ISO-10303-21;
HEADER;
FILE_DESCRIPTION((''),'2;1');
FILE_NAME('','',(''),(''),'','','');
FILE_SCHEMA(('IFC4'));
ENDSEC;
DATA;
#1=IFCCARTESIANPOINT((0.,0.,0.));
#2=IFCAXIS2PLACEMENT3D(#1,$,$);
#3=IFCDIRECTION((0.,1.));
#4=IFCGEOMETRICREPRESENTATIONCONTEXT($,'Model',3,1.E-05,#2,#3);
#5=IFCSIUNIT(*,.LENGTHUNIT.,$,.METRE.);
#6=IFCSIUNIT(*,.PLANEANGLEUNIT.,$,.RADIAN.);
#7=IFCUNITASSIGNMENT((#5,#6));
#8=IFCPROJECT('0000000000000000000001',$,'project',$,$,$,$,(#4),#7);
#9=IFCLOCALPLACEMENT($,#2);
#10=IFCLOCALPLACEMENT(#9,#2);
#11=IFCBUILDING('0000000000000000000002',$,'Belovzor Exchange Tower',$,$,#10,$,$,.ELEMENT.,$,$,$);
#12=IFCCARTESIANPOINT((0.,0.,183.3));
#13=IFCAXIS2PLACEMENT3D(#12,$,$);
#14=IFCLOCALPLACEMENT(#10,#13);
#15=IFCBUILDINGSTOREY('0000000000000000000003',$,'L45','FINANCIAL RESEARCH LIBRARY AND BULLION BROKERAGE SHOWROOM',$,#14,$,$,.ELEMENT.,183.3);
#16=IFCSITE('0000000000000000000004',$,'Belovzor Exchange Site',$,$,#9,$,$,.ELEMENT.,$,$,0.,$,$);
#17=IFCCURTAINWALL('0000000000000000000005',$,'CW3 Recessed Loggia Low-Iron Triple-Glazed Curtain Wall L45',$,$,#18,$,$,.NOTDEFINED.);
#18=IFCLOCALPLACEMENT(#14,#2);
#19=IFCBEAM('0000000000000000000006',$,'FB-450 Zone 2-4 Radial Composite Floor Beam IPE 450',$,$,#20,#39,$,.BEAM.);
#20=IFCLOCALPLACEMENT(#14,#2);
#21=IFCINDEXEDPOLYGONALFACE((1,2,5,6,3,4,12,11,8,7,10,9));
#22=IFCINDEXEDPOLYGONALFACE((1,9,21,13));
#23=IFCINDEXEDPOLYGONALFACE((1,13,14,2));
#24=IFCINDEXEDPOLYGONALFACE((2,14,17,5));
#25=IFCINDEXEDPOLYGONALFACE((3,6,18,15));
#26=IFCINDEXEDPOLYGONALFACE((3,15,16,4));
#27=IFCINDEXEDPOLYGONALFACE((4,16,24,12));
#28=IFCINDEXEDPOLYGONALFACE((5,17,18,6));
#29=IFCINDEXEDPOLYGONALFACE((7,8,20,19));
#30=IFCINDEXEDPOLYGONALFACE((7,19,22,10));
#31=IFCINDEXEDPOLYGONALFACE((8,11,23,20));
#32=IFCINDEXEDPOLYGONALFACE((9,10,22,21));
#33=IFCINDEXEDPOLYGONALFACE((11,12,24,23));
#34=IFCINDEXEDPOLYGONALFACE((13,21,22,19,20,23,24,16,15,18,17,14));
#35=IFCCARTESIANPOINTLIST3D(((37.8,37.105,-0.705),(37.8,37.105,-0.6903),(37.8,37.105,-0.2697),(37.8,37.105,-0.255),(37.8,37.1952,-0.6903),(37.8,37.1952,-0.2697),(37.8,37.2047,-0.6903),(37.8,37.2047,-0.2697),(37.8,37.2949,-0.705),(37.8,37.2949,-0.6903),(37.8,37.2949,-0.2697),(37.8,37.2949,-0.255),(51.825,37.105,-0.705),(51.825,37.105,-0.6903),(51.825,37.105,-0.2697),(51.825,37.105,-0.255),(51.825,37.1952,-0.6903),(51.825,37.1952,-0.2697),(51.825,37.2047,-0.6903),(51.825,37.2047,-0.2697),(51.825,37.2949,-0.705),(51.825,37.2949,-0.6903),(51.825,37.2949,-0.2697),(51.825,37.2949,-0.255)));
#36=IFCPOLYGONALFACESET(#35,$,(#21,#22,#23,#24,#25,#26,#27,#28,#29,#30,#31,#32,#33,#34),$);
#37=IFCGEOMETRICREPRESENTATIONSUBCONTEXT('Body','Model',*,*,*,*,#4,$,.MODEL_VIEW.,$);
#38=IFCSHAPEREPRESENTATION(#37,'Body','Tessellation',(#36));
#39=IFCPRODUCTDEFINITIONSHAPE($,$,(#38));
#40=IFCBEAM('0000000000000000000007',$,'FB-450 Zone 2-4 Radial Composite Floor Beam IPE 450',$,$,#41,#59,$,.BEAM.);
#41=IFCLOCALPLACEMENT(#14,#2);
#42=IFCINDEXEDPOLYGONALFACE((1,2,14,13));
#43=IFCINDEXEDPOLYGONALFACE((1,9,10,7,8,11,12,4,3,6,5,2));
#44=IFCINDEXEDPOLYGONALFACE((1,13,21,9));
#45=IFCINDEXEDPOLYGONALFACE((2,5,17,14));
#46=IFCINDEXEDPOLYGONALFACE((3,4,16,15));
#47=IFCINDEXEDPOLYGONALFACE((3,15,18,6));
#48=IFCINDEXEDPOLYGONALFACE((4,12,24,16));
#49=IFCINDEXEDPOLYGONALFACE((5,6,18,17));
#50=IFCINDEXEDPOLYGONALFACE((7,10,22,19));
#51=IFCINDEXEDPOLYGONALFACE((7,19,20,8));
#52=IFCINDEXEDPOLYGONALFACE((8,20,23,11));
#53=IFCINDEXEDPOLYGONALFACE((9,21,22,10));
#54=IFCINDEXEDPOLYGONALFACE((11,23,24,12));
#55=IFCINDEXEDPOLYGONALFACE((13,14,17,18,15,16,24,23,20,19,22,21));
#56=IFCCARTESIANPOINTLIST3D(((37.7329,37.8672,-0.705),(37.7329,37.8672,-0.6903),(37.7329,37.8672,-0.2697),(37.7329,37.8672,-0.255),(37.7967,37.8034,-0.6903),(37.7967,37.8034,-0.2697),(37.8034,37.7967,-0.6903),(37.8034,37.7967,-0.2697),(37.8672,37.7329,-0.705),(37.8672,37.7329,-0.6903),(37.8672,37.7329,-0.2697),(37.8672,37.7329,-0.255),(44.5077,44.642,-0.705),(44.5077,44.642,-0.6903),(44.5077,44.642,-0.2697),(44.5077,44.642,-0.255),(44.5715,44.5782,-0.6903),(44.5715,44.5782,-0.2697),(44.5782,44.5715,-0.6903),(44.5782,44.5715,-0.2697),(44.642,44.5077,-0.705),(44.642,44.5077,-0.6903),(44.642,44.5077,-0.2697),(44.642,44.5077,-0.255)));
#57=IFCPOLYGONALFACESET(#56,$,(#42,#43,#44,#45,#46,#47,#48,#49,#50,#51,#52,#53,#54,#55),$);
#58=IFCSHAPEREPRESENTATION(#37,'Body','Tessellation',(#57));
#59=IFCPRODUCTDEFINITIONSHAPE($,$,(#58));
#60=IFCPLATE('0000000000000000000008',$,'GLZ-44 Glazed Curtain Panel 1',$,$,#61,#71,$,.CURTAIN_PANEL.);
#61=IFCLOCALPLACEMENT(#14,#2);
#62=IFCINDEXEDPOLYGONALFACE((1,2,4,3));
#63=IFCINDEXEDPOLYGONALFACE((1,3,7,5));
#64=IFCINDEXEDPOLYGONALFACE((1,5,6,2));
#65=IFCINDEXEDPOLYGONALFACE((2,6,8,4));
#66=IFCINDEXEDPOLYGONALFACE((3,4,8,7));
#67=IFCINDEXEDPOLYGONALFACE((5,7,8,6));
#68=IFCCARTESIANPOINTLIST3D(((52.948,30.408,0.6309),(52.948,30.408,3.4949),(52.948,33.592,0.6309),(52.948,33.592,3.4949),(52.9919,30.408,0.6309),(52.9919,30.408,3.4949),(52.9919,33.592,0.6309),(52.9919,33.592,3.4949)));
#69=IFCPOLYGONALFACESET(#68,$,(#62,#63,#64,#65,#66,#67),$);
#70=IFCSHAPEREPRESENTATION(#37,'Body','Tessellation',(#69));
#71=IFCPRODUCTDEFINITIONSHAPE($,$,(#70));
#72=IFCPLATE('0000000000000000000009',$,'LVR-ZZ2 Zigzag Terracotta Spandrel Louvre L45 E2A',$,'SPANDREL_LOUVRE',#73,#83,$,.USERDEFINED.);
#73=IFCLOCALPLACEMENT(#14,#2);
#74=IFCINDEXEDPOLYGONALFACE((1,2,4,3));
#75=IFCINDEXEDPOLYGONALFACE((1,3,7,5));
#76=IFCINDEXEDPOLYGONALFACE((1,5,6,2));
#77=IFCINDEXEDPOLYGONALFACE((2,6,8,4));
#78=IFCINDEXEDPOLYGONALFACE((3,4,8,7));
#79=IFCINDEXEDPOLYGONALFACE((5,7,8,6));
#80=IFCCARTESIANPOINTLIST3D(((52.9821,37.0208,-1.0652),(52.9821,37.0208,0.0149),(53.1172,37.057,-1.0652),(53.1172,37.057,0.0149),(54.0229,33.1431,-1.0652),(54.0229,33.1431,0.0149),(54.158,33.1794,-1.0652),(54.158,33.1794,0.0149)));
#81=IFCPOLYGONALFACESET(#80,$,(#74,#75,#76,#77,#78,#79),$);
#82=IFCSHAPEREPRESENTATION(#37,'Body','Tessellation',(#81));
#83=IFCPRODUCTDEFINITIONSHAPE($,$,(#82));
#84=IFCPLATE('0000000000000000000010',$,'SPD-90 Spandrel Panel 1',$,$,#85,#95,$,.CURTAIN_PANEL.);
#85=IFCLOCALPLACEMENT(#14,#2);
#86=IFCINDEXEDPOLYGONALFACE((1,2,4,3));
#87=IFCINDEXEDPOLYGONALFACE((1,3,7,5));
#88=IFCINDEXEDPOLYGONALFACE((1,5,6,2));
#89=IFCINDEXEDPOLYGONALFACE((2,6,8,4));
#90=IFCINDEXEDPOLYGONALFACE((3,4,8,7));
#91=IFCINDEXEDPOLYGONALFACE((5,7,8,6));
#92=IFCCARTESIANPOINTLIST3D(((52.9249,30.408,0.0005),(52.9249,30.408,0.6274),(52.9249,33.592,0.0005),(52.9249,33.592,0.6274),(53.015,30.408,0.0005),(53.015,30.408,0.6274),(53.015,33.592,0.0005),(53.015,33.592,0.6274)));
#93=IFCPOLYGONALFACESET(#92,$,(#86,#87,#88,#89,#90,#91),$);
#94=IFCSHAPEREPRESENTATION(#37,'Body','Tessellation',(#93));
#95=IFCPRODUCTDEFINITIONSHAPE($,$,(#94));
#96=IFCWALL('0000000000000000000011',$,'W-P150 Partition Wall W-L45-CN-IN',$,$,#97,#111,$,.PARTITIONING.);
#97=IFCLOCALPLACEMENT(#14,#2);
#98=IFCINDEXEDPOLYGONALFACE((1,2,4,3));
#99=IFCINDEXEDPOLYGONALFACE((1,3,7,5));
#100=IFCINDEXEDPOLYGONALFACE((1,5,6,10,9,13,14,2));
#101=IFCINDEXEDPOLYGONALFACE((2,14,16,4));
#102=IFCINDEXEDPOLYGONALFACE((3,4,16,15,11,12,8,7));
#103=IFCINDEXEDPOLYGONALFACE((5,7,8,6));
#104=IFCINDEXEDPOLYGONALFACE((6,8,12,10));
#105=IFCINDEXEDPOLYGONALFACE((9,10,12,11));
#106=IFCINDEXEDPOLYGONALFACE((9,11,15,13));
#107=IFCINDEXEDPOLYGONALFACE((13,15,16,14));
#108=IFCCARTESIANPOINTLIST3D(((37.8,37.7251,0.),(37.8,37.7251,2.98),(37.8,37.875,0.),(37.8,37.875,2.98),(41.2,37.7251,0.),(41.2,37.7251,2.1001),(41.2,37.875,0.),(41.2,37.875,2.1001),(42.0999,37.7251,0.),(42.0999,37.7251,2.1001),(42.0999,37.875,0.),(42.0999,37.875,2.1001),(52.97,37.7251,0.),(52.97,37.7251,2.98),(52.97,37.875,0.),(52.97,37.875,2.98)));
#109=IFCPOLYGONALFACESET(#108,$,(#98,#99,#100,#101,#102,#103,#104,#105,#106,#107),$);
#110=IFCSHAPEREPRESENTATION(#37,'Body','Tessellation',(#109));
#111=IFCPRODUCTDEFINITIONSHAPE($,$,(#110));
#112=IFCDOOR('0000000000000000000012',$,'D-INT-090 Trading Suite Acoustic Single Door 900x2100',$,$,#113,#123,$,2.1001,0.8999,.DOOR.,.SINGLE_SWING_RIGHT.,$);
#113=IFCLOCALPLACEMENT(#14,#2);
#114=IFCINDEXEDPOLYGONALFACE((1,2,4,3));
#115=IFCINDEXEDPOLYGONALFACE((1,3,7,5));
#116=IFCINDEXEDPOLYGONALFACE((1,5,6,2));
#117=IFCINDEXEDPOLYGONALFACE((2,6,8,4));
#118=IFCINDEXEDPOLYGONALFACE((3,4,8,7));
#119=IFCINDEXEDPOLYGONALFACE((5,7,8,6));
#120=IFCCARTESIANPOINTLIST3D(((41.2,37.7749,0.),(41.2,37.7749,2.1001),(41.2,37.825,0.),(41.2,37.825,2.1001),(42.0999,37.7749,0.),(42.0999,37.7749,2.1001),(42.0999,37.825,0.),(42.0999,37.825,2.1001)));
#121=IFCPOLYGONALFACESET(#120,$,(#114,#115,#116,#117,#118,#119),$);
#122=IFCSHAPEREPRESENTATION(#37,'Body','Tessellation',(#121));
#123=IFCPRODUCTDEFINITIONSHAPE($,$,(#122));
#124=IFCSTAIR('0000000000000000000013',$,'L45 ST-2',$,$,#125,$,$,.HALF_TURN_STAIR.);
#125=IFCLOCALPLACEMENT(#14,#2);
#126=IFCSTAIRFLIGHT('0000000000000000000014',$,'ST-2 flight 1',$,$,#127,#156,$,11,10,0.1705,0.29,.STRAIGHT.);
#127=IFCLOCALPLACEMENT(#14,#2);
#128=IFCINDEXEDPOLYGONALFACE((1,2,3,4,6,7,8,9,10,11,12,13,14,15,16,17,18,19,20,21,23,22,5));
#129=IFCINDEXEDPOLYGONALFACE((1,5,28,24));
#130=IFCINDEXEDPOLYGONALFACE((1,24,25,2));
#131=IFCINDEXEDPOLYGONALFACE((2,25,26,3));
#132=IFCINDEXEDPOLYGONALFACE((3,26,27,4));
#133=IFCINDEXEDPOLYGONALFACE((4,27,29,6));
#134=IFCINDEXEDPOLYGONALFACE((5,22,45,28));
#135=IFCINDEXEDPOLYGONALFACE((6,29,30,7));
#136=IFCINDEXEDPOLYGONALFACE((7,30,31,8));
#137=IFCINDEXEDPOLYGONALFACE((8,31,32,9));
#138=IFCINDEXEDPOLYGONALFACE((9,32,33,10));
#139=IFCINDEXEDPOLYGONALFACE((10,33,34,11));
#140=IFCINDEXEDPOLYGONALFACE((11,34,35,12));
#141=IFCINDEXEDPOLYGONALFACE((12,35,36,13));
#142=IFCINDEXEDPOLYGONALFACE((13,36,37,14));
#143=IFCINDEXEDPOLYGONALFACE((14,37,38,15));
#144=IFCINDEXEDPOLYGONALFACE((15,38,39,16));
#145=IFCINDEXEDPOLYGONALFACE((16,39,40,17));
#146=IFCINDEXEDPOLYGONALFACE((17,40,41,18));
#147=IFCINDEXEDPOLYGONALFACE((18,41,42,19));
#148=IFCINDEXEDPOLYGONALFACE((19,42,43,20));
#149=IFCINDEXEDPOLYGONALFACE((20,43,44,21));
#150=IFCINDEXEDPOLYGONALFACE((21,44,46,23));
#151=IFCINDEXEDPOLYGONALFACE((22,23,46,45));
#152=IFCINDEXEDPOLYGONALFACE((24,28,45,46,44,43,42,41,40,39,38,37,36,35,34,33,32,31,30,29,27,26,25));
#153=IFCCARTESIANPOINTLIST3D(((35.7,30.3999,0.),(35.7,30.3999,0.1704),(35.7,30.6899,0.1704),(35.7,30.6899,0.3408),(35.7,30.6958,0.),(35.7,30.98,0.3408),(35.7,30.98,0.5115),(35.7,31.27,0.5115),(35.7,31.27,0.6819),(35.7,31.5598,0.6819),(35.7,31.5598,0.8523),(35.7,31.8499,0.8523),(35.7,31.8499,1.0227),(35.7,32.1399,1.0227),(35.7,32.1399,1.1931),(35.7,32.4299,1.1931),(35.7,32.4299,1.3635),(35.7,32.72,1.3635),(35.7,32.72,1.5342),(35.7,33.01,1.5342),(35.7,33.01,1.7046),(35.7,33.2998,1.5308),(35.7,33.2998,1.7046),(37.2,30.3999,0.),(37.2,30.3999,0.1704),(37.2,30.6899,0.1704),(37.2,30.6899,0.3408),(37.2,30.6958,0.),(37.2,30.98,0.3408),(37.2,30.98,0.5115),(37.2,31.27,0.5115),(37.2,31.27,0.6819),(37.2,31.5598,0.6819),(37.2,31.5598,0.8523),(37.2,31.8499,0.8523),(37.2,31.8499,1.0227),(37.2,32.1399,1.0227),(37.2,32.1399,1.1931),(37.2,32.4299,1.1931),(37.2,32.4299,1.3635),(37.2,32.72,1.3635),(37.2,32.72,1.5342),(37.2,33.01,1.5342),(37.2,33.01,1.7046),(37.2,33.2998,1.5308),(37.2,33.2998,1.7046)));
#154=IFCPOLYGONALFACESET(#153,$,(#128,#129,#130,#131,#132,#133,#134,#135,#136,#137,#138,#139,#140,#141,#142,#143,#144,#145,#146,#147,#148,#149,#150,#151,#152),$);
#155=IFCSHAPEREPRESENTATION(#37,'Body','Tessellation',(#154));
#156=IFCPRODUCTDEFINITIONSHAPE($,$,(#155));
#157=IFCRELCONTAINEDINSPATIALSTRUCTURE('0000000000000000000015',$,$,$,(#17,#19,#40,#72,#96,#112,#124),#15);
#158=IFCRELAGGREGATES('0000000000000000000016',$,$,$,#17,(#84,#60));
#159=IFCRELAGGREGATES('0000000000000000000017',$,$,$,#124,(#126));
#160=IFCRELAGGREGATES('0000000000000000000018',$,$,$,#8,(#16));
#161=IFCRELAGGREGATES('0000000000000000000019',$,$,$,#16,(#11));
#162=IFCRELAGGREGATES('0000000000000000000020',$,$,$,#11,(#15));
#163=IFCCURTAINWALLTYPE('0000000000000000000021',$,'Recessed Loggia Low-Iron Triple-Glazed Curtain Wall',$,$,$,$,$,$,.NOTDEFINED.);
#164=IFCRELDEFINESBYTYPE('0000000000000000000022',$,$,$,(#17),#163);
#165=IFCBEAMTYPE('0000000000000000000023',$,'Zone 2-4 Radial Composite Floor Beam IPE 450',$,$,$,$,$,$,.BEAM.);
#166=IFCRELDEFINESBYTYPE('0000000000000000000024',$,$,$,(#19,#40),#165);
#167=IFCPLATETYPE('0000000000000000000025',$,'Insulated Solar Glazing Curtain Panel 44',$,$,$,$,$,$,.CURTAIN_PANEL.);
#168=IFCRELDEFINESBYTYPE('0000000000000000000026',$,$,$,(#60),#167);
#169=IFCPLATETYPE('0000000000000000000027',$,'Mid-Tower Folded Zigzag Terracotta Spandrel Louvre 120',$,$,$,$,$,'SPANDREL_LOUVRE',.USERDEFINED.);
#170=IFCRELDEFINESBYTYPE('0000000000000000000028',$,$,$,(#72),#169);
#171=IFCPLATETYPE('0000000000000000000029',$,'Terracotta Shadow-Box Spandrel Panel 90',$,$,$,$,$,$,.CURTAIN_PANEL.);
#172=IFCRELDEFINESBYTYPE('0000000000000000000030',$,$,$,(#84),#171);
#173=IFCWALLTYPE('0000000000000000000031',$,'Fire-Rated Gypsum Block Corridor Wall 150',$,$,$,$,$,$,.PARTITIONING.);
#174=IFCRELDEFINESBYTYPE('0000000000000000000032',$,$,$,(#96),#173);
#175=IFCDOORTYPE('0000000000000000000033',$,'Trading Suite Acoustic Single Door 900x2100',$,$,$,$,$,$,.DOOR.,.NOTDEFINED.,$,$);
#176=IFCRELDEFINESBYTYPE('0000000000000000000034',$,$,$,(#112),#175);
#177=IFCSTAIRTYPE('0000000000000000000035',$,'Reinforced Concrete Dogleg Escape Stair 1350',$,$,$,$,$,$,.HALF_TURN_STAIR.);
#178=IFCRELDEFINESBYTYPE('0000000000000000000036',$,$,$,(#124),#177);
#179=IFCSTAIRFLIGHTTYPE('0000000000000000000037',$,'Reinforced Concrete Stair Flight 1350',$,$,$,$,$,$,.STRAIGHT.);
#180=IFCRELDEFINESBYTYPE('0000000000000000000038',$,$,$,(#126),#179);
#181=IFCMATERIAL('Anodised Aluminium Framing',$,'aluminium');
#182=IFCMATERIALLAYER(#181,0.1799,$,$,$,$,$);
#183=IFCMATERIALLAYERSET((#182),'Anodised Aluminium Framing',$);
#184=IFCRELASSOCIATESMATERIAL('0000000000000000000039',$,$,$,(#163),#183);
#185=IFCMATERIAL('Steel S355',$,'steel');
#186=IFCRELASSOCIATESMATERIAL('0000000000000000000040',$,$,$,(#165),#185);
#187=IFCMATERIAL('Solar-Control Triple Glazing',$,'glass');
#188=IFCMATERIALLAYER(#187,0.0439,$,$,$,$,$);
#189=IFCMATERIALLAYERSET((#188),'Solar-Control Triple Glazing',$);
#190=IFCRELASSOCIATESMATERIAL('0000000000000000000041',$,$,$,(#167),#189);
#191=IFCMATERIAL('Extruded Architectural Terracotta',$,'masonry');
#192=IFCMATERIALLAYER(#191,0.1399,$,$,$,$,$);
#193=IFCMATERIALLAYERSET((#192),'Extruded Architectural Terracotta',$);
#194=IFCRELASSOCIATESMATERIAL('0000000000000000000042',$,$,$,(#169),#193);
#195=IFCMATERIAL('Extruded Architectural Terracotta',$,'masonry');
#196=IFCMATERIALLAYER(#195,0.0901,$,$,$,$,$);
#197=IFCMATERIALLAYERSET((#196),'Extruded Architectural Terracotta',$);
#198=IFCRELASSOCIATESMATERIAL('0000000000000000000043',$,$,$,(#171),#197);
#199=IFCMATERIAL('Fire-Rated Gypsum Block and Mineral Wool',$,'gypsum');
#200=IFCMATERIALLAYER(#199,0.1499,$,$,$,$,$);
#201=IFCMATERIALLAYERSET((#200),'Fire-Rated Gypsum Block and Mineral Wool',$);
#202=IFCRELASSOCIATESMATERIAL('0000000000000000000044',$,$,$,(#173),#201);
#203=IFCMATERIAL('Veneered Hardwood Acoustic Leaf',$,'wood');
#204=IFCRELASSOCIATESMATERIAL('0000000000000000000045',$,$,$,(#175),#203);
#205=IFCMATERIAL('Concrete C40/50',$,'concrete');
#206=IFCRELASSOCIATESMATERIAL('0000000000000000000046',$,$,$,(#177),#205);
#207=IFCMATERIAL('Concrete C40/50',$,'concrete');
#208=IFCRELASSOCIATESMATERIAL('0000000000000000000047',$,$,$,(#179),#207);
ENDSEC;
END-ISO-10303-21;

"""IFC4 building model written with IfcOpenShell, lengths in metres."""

from ifc_helpers import new_model, si_unit, direction, frame, frame_2d, origin, origin_2d, place, context, subcontext, project, spatial, polyline, rectangle, i_section, outline, extrude, material, layer, layer_set, material_profile, profile_set, type_object, element, fill, aggregate, save


model = new_model("IFC4")

# Units and contexts
model_context = context("Model", 3, precision=1e-05, world=origin(), true_north=direction((0.0, 1.0)))
body_context = subcontext(model_context, "Body", "Model", "MODEL_VIEW")
ifc_project = project(units=[si_unit("LENGTHUNIT", "METRE"), si_unit("PLANEANGLEUNIT", "RADIAN")], contexts=[model_context])

# Site, building, storey
site_placement = place(None, origin())
site = spatial("IfcSite", under=ifc_project, at=site_placement, Name="Belovzor Exchange Site", CompositionType="ELEMENT", RefElevation=0.0)
building_placement = place(site_placement, origin())
building = spatial("IfcBuilding", under=site, at=building_placement, Name="Belovzor Exchange Tower", CompositionType="ELEMENT")
storey_placement = place(building_placement, frame((0.0, 0.0, 183.3)))
storey = spatial("IfcBuildingStorey", under=building, at=storey_placement, Name="L45", Description="FINANCIAL RESEARCH LIBRARY AND BULLION BROKERAGE SHOWROOM", CompositionType="ELEMENT", Elevation=183.3)

# Curtain wall
ifc_material_1 = material(Name="Anodised Aluminium Framing", Category="aluminium")
ifc_layer_1 = layer(ifc_material_1, 0.1799)
ifc_layer_set_1 = layer_set([ifc_layer_1], Name="Anodised Aluminium Framing")
curtain_wall_type = type_object("IfcCurtainWallType", Name="Recessed Loggia Low-Iron Triple-Glazed Curtain Wall", PredefinedType="NOTDEFINED", material=ifc_layer_set_1)
curtain_wall_placement = place(storey_placement, origin())
curtain_wall = element("IfcCurtainWall", 1, at=curtain_wall_placement, inside=storey, type_object=curtain_wall_type, Name="CW3 Recessed Loggia Low-Iron Triple-Glazed Curtain Wall L45", PredefinedType="NOTDEFINED")

# Beams
ifc_material_2 = material(Name="Steel S355", Category="steel")
ifc_material_profile_1 = material_profile(ifc_material_2, i_section(OverallWidth=0.1899, OverallDepth=0.45, WebThickness=0.0095, FlangeThickness=0.0146, at=origin_2d()))
ifc_profile_set_1 = profile_set([ifc_material_profile_1], Name="Steel S355")
beam_type_1 = type_object("IfcBeamType", Name="Zone 2-4 Radial Composite Floor Beam IPE 450", PredefinedType="BEAM", material=ifc_profile_set_1)
for number, where, z_axis, x_axis, name in (
    (2, (37.8, 37.2, -0.48), (1.0, 0.0, 0.0), (0.0, 1.0, 0.0), "FB-450 Zone 2-4 Radial Composite Floor Beam IPE 450"),
):
    element("IfcBeam", number, at=place(storey_placement, frame(where, z_axis=z_axis, x_axis=x_axis)), inside=storey, type_object=beam_type_1, Name=name, PredefinedType="BEAM", context=body_context, shape_type="SweptSolid", body=[
        extrude(i_section(OverallWidth=0.1899, OverallDepth=0.45, WebThickness=0.0095, FlangeThickness=0.0146, at=origin_2d()), origin(), (0.0, 0.0, 1.0), 14.0249),
    ])
beam_1_placement = place(storey_placement, frame((37.8, 37.8, -0.48), z_axis=(0.707107, 0.707107, 0.0), x_axis=(-0.707107, 0.707107, 0.0)))
element("IfcBeam", 3, at=beam_1_placement, inside=storey, type_object=beam_type_1, Name="FB-450 Zone 2-4 Radial Composite Floor Beam IPE 450", PredefinedType="BEAM", context=body_context, shape_type="SweptSolid", body=[
    extrude(i_section(OverallWidth=0.1899, OverallDepth=0.45, WebThickness=0.0095, FlangeThickness=0.0146, at=origin_2d()), origin(), (0.0, 0.0, 1.0), 9.5811),
])

# Plates
ifc_material_3 = material(Name="Solar-Control Triple Glazing", Category="glass")
ifc_layer_2 = layer(ifc_material_3, 0.0439)
ifc_layer_set_2 = layer_set([ifc_layer_2], Name="Solar-Control Triple Glazing")
plate_type_1 = type_object("IfcPlateType", Name="Insulated Solar Glazing Curtain Panel 44", PredefinedType="CURTAIN_PANEL", material=ifc_layer_set_2)
plate_1_placement = place(storey_placement, frame((52.97, 32.0, 0.6309), z_axis=(0.0, 0.0, 1.0), x_axis=(0.0, -1.0, 0.0)))
plate_1 = element("IfcPlate", 4, at=plate_1_placement, type_object=plate_type_1, Name="GLZ-44 Glazed Curtain Panel 1", PredefinedType="CURTAIN_PANEL", context=body_context, shape_type="SweptSolid", body=[
    extrude(rectangle(XDim=3.1841, YDim=0.0439, at=origin_2d()), origin(), (0.0, 0.0, 1.0), 2.864),
])
ifc_material_4 = material(Name="Extruded Architectural Terracotta", Category="masonry")
ifc_layer_3 = layer(ifc_material_4, 0.1399)
ifc_layer_set_3 = layer_set([ifc_layer_3], Name="Extruded Architectural Terracotta")
plate_type_2 = type_object("IfcPlateType", Name="Mid-Tower Folded Zigzag Terracotta Spandrel Louvre 120", ElementType="SPANDREL_LOUVRE", PredefinedType="USERDEFINED", material=ifc_layer_set_3)
plate_2_placement = place(storey_placement, frame((53.5701, 35.1001, -1.0652), z_axis=(0.0, 0.0, 1.0), x_axis=(-0.25924, 0.965813, 0.0)))
element("IfcPlate", 5, at=plate_2_placement, inside=storey, type_object=plate_type_2, Name="LVR-ZZ2 Zigzag Terracotta Spandrel Louvre L45 E2A", ObjectType="SPANDREL_LOUVRE", PredefinedType="USERDEFINED", context=body_context, shape_type="SweptSolid", body=[
    extrude(rectangle(XDim=4.0149, YDim=0.1399, at=origin_2d()), origin(), (0.0, 0.0, 1.0), 1.0801),
])
ifc_material_5 = material(Name="Extruded Architectural Terracotta", Category="masonry")
ifc_layer_4 = layer(ifc_material_5, 0.0901)
ifc_layer_set_4 = layer_set([ifc_layer_4], Name="Extruded Architectural Terracotta")
plate_type_3 = type_object("IfcPlateType", Name="Terracotta Shadow-Box Spandrel Panel 90", PredefinedType="CURTAIN_PANEL", material=ifc_layer_set_4)
plate_3_placement = place(storey_placement, frame((52.97, 32.0, 0.0005), z_axis=(0.0, 0.0, 1.0), x_axis=(0.0, -1.0, 0.0)))
plate_3 = element("IfcPlate", 6, at=plate_3_placement, type_object=plate_type_3, Name="SPD-90 Spandrel Panel 1", PredefinedType="CURTAIN_PANEL", context=body_context, shape_type="SweptSolid", body=[
    extrude(rectangle(XDim=3.1841, YDim=0.0901, at=origin_2d()), origin(), (0.0, 0.0, 1.0), 0.627),
])
aggregate(curtain_wall, [plate_3, plate_1])

# Wall, opening, door
ifc_material_6 = material(Name="Fire-Rated Gypsum Block and Mineral Wool", Category="gypsum")
ifc_layer_5 = layer(ifc_material_6, 0.1499)
ifc_layer_set_5 = layer_set([ifc_layer_5], Name="Fire-Rated Gypsum Block and Mineral Wool")
wall_type = type_object("IfcWallType", Name="Fire-Rated Gypsum Block Corridor Wall 150", PredefinedType="PARTITIONING", material=ifc_layer_set_5)
wall_placement = place(storey_placement, frame((37.8, 37.8, 0.0), z_axis=(0.0, 0.0, 1.0), x_axis=(1.0, 0.0, 0.0)))
wall = element("IfcWall", 7, at=wall_placement, inside=storey, type_object=wall_type, Name="W-P150 Partition Wall W-L45-CN-IN", PredefinedType="PARTITIONING", context=body_context, shape_type="SweptSolid", body=[
    extrude(rectangle(XDim=15.1699, YDim=0.1499, at=frame_2d((7.585, 0.0))), origin(), (0.0, 0.0, 1.0), 2.98),
])
opening_placement = place(wall_placement, frame((3.3999, 0.0, 0.0)))
opening = element("IfcOpeningElement", 8, at=opening_placement, cuts=wall, PredefinedType="OPENING", context=body_context, shape_type="SweptSolid", body=[
    extrude(rectangle(XDim=0.8999, YDim=2.1001, at=frame_2d((0.45, 1.05))), frame((0.0, 0.085, 0.0), z_axis=(0.0, -1.0, 0.0), x_axis=(1.0, 0.0, 0.0)), (0.0, 0.0, 1.0), 0.1699),
])
ifc_material_7 = material(Name="Veneered Hardwood Acoustic Leaf", Category="wood")
door_type = type_object("IfcDoorType", Name="Trading Suite Acoustic Single Door 900x2100", OperationType="NOTDEFINED", PredefinedType="DOOR", material=ifc_material_7)
door_placement = place(opening_placement, origin())
door = element("IfcDoor", 9, at=door_placement, inside=storey, type_object=door_type, Name="D-INT-090 Trading Suite Acoustic Single Door 900x2100", OperationType="SINGLE_SWING_RIGHT", OverallHeight=2.1001, OverallWidth=0.8999, PredefinedType="DOOR", context=body_context, shape_type="SweptSolid", body=[
    extrude(rectangle(XDim=0.8999, YDim=2.1001, at=frame_2d((0.45, 1.05))), frame((0.0, 0.0249, 0.0), z_axis=(0.0, -1.0, 0.0), x_axis=(1.0, 0.0, 0.0)), (0.0, 0.0, 1.0), 0.05),
])
fill(opening, door)

# Stair, stair flight
ifc_material_8 = material(Name="Concrete C40/50", Category="concrete")
stair_type = type_object("IfcStairType", Name="Reinforced Concrete Dogleg Escape Stair 1350", PredefinedType="HALF_TURN_STAIR", material=ifc_material_8)
stair_placement = place(storey_placement, origin())
stair = element("IfcStair", 10, at=stair_placement, inside=storey, type_object=stair_type, Name="L45 ST-2", PredefinedType="HALF_TURN_STAIR")
ifc_material_9 = material(Name="Concrete C40/50", Category="concrete")
stair_flight_type = type_object("IfcStairFlightType", Name="Reinforced Concrete Stair Flight 1350", PredefinedType="STRAIGHT", material=ifc_material_9)
stair_flight_placement = place(storey_placement, frame((36.45, 30.3999, 0.0), z_axis=(0.0, 0.0, 1.0), x_axis=(0.0, 1.0, 0.0)))
stair_flight = element("IfcStairFlight", 11, at=stair_flight_placement, type_object=stair_flight_type, Name="ST-2 flight 1", NumberOfRisers=11, NumberOfTreads=10, PredefinedType="STRAIGHT", RiserHeight=0.1705, TreadLength=0.29, context=body_context, shape_type="SweptSolid", body=[
    extrude(outline(polyline([(0.0, 0.0), (0.0, 0.1704), (0.29, 0.1704), (0.29, 0.3408), (0.5801, 0.3408), (0.5801, 0.5115), (0.8701, 0.5115), (0.8701, 0.6819), (1.1599, 0.6819), (1.1599, 0.8523), (1.45, 0.8523), (1.45, 1.0227), (1.74, 1.0227), (1.74, 1.1931), (2.03, 1.1931), (2.03, 1.3635), (2.3201, 1.3635), (2.3201, 1.5342), (2.6101, 1.5342), (2.6101, 1.7046), (2.8999, 1.7046), (2.8999, 1.875), (2.8999, 1.5308), (0.2959, 0.0), (0.0, 0.0)])), frame((0.0, 0.75, 0.0), z_axis=(0.0, -1.0, 0.0), x_axis=(1.0, 0.0, 0.0)), (0.0, 0.0, 1.0), 1.5),
])
aggregate(stair, [stair_flight])

save(model, "model.ifc")
